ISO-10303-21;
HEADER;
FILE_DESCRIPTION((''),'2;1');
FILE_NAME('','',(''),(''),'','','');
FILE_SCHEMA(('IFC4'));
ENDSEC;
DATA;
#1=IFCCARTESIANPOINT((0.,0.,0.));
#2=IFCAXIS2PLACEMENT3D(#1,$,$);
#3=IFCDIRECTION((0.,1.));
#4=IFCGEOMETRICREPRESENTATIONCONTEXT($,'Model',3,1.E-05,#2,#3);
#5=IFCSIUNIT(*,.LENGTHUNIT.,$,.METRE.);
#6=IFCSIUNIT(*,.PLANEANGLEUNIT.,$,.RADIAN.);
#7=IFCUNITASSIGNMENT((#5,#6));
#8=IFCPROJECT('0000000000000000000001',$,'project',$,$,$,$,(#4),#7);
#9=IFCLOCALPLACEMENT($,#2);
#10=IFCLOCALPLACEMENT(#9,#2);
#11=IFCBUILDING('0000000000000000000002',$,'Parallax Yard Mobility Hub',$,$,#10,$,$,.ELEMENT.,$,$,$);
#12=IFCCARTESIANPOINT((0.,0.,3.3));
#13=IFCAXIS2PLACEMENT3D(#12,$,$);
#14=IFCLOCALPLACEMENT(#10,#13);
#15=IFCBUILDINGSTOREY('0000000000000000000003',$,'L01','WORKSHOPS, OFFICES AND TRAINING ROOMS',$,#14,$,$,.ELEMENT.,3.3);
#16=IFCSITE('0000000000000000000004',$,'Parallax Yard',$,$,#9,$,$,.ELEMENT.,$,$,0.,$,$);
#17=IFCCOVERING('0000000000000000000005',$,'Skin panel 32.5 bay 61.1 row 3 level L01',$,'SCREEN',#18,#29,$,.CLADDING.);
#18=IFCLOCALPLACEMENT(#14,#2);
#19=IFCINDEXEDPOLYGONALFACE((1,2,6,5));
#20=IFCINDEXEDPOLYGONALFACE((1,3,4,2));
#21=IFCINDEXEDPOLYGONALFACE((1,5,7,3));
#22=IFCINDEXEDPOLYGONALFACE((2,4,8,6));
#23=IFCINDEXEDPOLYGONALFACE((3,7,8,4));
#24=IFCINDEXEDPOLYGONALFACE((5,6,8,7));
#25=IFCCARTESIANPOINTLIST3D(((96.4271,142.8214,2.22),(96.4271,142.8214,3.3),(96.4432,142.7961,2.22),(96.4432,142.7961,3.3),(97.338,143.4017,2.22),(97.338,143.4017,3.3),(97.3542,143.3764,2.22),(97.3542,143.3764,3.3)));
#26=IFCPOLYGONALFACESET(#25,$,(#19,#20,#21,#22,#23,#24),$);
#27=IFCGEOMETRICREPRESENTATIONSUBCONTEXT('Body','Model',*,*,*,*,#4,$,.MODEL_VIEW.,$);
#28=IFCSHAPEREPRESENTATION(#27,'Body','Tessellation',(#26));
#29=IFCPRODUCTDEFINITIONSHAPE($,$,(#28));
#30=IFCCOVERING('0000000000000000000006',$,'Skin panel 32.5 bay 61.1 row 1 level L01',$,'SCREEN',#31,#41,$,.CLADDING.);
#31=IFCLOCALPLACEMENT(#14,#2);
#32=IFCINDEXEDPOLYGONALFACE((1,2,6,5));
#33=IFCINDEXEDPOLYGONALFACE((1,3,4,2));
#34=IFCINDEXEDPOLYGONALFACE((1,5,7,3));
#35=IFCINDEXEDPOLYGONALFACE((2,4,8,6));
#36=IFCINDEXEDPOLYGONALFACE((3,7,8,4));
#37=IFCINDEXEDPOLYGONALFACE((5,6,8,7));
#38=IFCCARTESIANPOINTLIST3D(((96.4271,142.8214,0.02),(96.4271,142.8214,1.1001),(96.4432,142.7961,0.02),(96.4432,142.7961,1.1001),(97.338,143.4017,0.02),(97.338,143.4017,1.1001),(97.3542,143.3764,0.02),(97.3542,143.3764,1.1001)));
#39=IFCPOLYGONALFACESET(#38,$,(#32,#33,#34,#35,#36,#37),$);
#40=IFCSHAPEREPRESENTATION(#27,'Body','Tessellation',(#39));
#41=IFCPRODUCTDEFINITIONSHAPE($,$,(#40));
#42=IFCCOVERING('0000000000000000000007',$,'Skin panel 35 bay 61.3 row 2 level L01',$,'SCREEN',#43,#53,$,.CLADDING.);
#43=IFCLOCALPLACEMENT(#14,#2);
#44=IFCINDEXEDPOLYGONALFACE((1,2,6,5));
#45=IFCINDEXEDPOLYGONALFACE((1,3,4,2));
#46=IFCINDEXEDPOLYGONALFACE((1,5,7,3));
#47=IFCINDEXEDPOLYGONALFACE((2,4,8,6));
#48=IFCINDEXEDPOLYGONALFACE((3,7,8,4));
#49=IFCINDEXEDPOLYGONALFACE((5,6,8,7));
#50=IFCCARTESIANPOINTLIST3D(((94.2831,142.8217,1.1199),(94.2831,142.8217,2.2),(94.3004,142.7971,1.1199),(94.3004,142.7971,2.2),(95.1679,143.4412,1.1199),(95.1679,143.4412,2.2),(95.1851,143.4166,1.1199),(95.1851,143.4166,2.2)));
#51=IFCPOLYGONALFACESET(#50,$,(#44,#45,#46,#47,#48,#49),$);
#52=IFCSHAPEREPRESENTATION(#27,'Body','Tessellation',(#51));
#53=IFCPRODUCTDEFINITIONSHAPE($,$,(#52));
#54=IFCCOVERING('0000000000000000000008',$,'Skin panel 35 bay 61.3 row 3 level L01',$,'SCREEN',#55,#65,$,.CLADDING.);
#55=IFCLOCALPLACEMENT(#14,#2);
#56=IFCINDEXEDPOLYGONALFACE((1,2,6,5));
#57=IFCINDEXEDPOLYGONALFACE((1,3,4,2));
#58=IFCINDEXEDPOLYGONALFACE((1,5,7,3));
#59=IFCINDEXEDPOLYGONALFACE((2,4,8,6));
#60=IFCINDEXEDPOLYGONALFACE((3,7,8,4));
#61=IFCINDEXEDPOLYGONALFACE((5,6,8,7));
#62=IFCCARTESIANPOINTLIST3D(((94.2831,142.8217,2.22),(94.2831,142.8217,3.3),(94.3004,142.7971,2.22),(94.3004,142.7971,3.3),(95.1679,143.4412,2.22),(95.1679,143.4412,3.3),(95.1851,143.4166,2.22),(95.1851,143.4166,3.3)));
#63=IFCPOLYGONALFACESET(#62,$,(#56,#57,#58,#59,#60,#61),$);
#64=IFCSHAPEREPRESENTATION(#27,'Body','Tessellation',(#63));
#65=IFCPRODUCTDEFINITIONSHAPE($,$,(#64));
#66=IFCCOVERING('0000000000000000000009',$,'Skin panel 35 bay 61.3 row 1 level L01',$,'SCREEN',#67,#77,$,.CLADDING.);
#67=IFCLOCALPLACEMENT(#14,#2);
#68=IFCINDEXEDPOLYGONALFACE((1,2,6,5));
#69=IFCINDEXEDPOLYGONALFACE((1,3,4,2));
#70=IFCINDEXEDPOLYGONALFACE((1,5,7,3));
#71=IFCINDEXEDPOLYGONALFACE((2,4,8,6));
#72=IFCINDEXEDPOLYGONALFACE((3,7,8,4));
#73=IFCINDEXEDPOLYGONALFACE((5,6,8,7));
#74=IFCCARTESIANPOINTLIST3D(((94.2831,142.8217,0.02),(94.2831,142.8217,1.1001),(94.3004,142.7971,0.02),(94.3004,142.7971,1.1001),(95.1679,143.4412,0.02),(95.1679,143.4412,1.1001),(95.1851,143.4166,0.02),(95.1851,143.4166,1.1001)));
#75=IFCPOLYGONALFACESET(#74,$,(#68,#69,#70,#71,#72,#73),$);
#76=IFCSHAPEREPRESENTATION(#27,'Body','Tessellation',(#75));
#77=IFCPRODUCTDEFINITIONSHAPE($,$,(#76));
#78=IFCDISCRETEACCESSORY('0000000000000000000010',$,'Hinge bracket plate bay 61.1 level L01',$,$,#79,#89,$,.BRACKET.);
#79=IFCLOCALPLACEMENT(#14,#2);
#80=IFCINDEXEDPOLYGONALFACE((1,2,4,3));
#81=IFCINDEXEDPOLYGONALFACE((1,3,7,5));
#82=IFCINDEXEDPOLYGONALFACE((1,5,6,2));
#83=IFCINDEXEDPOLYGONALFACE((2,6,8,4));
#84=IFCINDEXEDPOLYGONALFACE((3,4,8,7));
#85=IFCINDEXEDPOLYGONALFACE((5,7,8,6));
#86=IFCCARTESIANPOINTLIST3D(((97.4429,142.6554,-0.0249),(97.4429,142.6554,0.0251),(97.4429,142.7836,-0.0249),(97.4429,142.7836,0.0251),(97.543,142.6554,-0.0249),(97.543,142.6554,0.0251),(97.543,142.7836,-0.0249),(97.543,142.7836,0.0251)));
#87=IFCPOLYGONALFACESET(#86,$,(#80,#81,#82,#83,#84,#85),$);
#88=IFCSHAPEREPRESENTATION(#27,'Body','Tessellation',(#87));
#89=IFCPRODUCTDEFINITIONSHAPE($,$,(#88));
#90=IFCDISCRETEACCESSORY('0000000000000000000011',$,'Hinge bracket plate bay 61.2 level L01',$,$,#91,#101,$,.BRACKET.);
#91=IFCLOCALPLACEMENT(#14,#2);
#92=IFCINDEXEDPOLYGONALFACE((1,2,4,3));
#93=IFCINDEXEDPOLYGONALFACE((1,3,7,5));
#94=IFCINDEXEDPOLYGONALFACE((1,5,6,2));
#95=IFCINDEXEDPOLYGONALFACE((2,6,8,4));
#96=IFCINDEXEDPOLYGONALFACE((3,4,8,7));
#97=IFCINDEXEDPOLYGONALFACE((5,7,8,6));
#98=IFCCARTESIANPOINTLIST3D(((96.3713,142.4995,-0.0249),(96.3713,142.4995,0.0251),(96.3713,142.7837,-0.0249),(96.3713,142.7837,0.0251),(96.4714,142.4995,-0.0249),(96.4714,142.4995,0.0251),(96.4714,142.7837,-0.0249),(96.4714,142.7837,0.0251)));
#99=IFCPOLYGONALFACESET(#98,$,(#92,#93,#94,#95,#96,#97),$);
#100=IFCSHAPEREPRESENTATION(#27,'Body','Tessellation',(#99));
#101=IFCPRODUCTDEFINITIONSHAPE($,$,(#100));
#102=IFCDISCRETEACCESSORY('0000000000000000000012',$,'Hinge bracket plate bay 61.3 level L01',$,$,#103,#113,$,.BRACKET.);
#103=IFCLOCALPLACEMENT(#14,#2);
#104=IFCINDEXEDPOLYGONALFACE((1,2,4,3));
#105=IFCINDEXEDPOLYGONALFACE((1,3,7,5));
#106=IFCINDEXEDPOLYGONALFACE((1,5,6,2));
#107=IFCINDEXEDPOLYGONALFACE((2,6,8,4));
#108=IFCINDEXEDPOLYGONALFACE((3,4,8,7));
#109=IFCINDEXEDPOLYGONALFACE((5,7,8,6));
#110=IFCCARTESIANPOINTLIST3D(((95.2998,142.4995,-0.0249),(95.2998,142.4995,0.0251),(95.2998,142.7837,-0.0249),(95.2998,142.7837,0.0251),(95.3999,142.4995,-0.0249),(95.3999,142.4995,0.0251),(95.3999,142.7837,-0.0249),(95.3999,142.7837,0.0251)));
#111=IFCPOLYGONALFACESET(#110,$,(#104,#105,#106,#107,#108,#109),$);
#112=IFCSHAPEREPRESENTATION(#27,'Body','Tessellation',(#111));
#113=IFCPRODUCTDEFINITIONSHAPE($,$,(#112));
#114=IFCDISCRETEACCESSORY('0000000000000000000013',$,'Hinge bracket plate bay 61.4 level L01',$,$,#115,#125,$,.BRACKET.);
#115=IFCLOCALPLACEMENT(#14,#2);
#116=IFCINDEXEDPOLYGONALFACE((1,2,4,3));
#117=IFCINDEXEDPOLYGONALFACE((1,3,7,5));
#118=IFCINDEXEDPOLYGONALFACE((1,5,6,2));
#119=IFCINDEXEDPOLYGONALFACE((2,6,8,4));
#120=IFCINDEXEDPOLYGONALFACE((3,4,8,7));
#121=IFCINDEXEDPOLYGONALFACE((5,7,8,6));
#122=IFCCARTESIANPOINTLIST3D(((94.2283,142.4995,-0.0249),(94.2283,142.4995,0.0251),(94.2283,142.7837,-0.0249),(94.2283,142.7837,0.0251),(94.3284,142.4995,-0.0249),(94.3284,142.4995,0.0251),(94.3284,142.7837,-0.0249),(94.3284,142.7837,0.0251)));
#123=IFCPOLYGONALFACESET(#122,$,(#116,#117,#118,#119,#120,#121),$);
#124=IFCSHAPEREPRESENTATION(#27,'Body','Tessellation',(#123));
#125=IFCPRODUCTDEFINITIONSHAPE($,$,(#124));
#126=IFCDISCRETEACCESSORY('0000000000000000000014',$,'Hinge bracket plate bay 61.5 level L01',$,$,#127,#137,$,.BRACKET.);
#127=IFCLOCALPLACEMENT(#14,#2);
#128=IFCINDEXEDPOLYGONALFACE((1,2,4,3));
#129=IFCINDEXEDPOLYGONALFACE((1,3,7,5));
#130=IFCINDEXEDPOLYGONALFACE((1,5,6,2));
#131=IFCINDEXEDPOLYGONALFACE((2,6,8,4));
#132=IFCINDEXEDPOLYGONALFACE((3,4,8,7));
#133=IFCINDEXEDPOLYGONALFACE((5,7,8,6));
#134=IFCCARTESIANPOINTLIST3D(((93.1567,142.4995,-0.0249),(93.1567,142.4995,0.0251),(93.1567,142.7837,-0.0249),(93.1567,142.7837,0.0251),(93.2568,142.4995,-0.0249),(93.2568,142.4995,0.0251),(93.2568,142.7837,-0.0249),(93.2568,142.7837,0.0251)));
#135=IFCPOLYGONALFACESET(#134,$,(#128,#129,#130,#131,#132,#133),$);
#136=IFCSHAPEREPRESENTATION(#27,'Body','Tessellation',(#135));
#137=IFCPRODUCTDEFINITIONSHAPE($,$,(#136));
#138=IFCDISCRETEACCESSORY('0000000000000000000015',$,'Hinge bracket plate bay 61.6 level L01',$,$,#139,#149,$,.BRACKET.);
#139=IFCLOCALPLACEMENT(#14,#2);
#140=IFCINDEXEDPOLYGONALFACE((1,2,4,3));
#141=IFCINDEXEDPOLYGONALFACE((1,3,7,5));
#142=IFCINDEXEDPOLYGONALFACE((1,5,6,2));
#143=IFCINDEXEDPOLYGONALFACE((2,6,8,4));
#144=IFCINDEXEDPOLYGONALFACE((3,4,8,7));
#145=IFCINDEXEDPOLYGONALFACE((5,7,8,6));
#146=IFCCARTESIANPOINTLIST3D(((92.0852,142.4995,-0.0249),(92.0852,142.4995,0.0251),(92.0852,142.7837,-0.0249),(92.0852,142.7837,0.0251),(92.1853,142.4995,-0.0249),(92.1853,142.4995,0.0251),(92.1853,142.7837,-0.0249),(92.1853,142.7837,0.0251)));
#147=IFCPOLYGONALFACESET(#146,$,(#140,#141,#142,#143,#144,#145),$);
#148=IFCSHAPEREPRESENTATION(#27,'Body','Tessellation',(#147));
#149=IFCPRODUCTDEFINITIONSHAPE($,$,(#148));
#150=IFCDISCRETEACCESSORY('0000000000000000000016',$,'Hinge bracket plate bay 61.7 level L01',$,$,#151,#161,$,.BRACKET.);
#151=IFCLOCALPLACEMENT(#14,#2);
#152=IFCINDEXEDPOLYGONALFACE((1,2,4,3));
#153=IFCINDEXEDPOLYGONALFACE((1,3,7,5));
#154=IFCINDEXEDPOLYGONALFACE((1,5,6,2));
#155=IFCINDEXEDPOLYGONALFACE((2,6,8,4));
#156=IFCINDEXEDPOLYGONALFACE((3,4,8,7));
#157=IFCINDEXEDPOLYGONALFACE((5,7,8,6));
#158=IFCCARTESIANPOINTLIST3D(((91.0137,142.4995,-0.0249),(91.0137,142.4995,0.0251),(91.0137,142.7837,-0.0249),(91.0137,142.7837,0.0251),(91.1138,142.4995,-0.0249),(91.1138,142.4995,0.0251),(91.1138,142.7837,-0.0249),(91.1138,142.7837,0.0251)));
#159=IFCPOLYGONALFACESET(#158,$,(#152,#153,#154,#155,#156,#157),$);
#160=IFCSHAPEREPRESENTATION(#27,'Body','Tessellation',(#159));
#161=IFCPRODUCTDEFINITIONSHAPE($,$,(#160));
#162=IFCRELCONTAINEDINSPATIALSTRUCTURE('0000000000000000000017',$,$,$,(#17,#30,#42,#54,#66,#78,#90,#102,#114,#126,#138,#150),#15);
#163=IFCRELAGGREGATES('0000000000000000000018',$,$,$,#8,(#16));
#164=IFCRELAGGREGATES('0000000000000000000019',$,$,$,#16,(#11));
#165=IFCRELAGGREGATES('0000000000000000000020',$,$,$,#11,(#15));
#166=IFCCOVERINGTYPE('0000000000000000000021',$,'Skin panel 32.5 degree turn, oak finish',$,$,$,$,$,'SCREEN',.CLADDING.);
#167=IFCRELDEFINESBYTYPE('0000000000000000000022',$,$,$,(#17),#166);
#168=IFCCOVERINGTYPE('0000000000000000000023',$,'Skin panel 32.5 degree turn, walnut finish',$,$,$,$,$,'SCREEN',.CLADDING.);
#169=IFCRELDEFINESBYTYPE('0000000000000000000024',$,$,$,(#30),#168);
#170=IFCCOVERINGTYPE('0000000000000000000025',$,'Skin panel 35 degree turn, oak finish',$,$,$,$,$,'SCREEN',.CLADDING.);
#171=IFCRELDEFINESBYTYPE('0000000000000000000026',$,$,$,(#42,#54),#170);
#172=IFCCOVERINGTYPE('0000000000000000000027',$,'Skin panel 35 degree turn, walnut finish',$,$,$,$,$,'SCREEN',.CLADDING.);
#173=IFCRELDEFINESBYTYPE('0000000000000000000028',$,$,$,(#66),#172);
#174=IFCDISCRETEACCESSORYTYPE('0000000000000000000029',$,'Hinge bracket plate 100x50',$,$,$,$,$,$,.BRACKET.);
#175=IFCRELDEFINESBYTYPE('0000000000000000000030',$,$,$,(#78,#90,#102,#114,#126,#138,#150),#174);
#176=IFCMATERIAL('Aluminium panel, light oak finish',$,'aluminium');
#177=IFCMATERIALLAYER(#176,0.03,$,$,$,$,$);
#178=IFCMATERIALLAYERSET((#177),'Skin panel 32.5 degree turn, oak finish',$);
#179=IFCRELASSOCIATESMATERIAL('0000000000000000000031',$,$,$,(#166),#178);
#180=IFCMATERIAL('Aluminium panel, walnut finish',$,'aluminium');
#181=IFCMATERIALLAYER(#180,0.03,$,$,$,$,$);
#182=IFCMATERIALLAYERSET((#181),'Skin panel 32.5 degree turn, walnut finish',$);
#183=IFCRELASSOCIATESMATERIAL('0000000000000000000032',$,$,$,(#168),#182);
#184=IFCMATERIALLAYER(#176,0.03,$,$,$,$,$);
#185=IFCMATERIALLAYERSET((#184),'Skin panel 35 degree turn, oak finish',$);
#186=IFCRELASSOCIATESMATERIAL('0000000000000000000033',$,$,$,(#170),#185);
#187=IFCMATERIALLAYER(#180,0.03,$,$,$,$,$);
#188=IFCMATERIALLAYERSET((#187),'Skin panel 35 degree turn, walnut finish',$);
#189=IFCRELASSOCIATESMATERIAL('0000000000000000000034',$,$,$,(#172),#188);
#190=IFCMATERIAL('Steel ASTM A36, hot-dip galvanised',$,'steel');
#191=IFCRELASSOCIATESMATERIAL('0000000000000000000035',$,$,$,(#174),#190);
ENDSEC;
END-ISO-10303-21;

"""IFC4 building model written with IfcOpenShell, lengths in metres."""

from ifc_helpers import new_model, si_unit, direction, frame, origin, origin_2d, place, context, subcontext, project, spatial, rectangle, extrude, material, layer, layer_set, type_object, element, save


model = new_model("IFC4")

# Units and contexts
model_context = context("Model", 3, precision=1e-05, world=origin(), true_north=direction((0.0, 1.0)))
body_context = subcontext(model_context, "Body", "Model", "MODEL_VIEW")
ifc_project = project(units=[si_unit("LENGTHUNIT", "METRE"), si_unit("PLANEANGLEUNIT", "RADIAN")], contexts=[model_context])

# Site, building, storey
site_placement = place(None, origin())
site = spatial("IfcSite", under=ifc_project, at=site_placement, Name="Parallax Yard", CompositionType="ELEMENT", RefElevation=0.0)
building_placement = place(site_placement, origin())
building = spatial("IfcBuilding", under=site, at=building_placement, Name="Parallax Yard Mobility Hub", CompositionType="ELEMENT")
storey_placement = place(building_placement, frame((0.0, 0.0, 3.3)))
storey = spatial("IfcBuildingStorey", under=building, at=storey_placement, Name="L01", Description="WORKSHOPS, OFFICES AND TRAINING ROOMS", CompositionType="ELEMENT", Elevation=3.3)

# Coverings
ifc_material_1 = material(Name="Aluminium panel, light oak finish", Category="aluminium")
ifc_material_2 = material(Name="Aluminium panel, walnut finish", Category="aluminium")
ifc_layer_1 = layer(ifc_material_1, 0.03)
ifc_layer_set_1 = layer_set([ifc_layer_1], Name="Skin panel 32.5 degree turn, oak finish")
covering_type_1 = type_object("IfcCoveringType", Name="Skin panel 32.5 degree turn, oak finish", ElementType="SCREEN", PredefinedType="CLADDING", material=ifc_layer_set_1)
for number, where, z_axis, x_axis, name in (
    (1, (96.8906, 143.0989, 2.22), (0.0, 0.0, 1.0), (0.843391, 0.5373, 0.0), "Skin panel 32.5 bay 61.1 row 3 level L01"),
):
    element("IfcCovering", number, at=place(storey_placement, frame(where, z_axis=z_axis, x_axis=x_axis)), inside=storey, type_object=covering_type_1, Name=name, ObjectType="SCREEN", PredefinedType="CLADDING", context=body_context, shape_type="SweptSolid", body=[
        extrude(rectangle(XDim=1.0801, YDim=0.03, at=origin_2d()), origin(), (0.0, 0.0, 1.0), 1.0801),
    ])
ifc_layer_2 = layer(ifc_material_2, 0.03)
ifc_layer_set_2 = layer_set([ifc_layer_2], Name="Skin panel 32.5 degree turn, walnut finish")
covering_type_2 = type_object("IfcCoveringType", Name="Skin panel 32.5 degree turn, walnut finish", ElementType="SCREEN", PredefinedType="CLADDING", material=ifc_layer_set_2)
covering_1_placement = place(storey_placement, frame((96.8906, 143.0989, 0.02), z_axis=(0.0, 0.0, 1.0), x_axis=(0.843391, 0.5373, 0.0)))
element("IfcCovering", 2, at=covering_1_placement, inside=storey, type_object=covering_type_2, Name="Skin panel 32.5 bay 61.1 row 1 level L01", ObjectType="SCREEN", PredefinedType="CLADDING", context=body_context, shape_type="SweptSolid", body=[
    extrude(rectangle(XDim=1.0801, YDim=0.03, at=origin_2d()), origin(), (0.0, 0.0, 1.0), 1.0801),
])
ifc_layer_3 = layer(ifc_material_1, 0.03)
ifc_layer_set_3 = layer_set([ifc_layer_3], Name="Skin panel 35 degree turn, oak finish")
covering_type_3 = type_object("IfcCoveringType", Name="Skin panel 35 degree turn, oak finish", ElementType="SCREEN", PredefinedType="CLADDING", material=ifc_layer_set_3)
for number, where, z_axis, x_axis, name in (
    (3, (94.7341, 143.1191, 1.1199), (0.0, 0.0, 1.0), (0.819152, 0.573576, 0.0), "Skin panel 35 bay 61.3 row 2 level L01"),
    (4, (94.7341, 143.1191, 2.22), (0.0, 0.0, 1.0), (0.819152, 0.573576, 0.0), "Skin panel 35 bay 61.3 row 3 level L01"),
):
    element("IfcCovering", number, at=place(storey_placement, frame(where, z_axis=z_axis, x_axis=x_axis)), inside=storey, type_object=covering_type_3, Name=name, ObjectType="SCREEN", PredefinedType="CLADDING", context=body_context, shape_type="SweptSolid", body=[
        extrude(rectangle(XDim=1.0801, YDim=0.03, at=origin_2d()), origin(), (0.0, 0.0, 1.0), 1.0801),
    ])
ifc_layer_4 = layer(ifc_material_2, 0.03)
ifc_layer_set_4 = layer_set([ifc_layer_4], Name="Skin panel 35 degree turn, walnut finish")
covering_type_4 = type_object("IfcCoveringType", Name="Skin panel 35 degree turn, walnut finish", ElementType="SCREEN", PredefinedType="CLADDING", material=ifc_layer_set_4)
covering_2_placement = place(storey_placement, frame((94.7341, 143.1191, 0.02), z_axis=(0.0, 0.0, 1.0), x_axis=(0.819152, 0.573576, 0.0)))
element("IfcCovering", 5, at=covering_2_placement, inside=storey, type_object=covering_type_4, Name="Skin panel 35 bay 61.3 row 1 level L01", ObjectType="SCREEN", PredefinedType="CLADDING", context=body_context, shape_type="SweptSolid", body=[
    extrude(rectangle(XDim=1.0801, YDim=0.03, at=origin_2d()), origin(), (0.0, 0.0, 1.0), 1.0801),
])

# Discrete accessories
ifc_material_3 = material(Name="Steel ASTM A36, hot-dip galvanised", Category="steel")
discrete_accessory_type_1 = type_object("IfcDiscreteAccessoryType", Name="Hinge bracket plate 100x50", PredefinedType="BRACKET", material=ifc_material_3)
discrete_accessory_placement = place(storey_placement, frame((97.4929, 142.7195, -0.0249), z_axis=(0.0, 0.0, 1.0), x_axis=(0.0, 1.0, 0.0)))
element("IfcDiscreteAccessory", 6, at=discrete_accessory_placement, inside=storey, type_object=discrete_accessory_type_1, Name="Hinge bracket plate bay 61.1 level L01", PredefinedType="BRACKET", context=body_context, shape_type="SweptSolid", body=[
    extrude(rectangle(XDim=0.1282, YDim=0.1001, at=origin_2d()), origin(), (0.0, 0.0, 1.0), 0.05),
])
for number, where, z_axis, x_axis, name in (
    (7, (96.4214, 142.6416, -0.0249), (0.0, 0.0, 1.0), (0.0, 1.0, 0.0), "Hinge bracket plate bay 61.2 level L01"),
    (8, (95.3499, 142.6416, -0.0249), (0.0, 0.0, 1.0), (0.0, 1.0, 0.0), "Hinge bracket plate bay 61.3 level L01"),
    (9, (94.2783, 142.6416, -0.0249), (0.0, 0.0, 1.0), (0.0, 1.0, 0.0), "Hinge bracket plate bay 61.4 level L01"),
    (10, (93.2068, 142.6416, -0.0249), (0.0, 0.0, 1.0), (0.0, 1.0, 0.0), "Hinge bracket plate bay 61.5 level L01"),
    (11, (92.1353, 142.6416, -0.0249), (0.0, 0.0, 1.0), (0.0, 1.0, 0.0), "Hinge bracket plate bay 61.6 level L01"),
    (12, (91.0637, 142.6416, -0.0249), (0.0, 0.0, 1.0), (0.0, 1.0, 0.0), "Hinge bracket plate bay 61.7 level L01"),
):
    element("IfcDiscreteAccessory", number, at=place(storey_placement, frame(where, z_axis=z_axis, x_axis=x_axis)), inside=storey, type_object=discrete_accessory_type_1, Name=name, PredefinedType="BRACKET", context=body_context, shape_type="SweptSolid", body=[
        extrude(rectangle(XDim=0.2842, YDim=0.1001, at=origin_2d()), origin(), (0.0, 0.0, 1.0), 0.05),
    ])

save(model, "model.ifc")
